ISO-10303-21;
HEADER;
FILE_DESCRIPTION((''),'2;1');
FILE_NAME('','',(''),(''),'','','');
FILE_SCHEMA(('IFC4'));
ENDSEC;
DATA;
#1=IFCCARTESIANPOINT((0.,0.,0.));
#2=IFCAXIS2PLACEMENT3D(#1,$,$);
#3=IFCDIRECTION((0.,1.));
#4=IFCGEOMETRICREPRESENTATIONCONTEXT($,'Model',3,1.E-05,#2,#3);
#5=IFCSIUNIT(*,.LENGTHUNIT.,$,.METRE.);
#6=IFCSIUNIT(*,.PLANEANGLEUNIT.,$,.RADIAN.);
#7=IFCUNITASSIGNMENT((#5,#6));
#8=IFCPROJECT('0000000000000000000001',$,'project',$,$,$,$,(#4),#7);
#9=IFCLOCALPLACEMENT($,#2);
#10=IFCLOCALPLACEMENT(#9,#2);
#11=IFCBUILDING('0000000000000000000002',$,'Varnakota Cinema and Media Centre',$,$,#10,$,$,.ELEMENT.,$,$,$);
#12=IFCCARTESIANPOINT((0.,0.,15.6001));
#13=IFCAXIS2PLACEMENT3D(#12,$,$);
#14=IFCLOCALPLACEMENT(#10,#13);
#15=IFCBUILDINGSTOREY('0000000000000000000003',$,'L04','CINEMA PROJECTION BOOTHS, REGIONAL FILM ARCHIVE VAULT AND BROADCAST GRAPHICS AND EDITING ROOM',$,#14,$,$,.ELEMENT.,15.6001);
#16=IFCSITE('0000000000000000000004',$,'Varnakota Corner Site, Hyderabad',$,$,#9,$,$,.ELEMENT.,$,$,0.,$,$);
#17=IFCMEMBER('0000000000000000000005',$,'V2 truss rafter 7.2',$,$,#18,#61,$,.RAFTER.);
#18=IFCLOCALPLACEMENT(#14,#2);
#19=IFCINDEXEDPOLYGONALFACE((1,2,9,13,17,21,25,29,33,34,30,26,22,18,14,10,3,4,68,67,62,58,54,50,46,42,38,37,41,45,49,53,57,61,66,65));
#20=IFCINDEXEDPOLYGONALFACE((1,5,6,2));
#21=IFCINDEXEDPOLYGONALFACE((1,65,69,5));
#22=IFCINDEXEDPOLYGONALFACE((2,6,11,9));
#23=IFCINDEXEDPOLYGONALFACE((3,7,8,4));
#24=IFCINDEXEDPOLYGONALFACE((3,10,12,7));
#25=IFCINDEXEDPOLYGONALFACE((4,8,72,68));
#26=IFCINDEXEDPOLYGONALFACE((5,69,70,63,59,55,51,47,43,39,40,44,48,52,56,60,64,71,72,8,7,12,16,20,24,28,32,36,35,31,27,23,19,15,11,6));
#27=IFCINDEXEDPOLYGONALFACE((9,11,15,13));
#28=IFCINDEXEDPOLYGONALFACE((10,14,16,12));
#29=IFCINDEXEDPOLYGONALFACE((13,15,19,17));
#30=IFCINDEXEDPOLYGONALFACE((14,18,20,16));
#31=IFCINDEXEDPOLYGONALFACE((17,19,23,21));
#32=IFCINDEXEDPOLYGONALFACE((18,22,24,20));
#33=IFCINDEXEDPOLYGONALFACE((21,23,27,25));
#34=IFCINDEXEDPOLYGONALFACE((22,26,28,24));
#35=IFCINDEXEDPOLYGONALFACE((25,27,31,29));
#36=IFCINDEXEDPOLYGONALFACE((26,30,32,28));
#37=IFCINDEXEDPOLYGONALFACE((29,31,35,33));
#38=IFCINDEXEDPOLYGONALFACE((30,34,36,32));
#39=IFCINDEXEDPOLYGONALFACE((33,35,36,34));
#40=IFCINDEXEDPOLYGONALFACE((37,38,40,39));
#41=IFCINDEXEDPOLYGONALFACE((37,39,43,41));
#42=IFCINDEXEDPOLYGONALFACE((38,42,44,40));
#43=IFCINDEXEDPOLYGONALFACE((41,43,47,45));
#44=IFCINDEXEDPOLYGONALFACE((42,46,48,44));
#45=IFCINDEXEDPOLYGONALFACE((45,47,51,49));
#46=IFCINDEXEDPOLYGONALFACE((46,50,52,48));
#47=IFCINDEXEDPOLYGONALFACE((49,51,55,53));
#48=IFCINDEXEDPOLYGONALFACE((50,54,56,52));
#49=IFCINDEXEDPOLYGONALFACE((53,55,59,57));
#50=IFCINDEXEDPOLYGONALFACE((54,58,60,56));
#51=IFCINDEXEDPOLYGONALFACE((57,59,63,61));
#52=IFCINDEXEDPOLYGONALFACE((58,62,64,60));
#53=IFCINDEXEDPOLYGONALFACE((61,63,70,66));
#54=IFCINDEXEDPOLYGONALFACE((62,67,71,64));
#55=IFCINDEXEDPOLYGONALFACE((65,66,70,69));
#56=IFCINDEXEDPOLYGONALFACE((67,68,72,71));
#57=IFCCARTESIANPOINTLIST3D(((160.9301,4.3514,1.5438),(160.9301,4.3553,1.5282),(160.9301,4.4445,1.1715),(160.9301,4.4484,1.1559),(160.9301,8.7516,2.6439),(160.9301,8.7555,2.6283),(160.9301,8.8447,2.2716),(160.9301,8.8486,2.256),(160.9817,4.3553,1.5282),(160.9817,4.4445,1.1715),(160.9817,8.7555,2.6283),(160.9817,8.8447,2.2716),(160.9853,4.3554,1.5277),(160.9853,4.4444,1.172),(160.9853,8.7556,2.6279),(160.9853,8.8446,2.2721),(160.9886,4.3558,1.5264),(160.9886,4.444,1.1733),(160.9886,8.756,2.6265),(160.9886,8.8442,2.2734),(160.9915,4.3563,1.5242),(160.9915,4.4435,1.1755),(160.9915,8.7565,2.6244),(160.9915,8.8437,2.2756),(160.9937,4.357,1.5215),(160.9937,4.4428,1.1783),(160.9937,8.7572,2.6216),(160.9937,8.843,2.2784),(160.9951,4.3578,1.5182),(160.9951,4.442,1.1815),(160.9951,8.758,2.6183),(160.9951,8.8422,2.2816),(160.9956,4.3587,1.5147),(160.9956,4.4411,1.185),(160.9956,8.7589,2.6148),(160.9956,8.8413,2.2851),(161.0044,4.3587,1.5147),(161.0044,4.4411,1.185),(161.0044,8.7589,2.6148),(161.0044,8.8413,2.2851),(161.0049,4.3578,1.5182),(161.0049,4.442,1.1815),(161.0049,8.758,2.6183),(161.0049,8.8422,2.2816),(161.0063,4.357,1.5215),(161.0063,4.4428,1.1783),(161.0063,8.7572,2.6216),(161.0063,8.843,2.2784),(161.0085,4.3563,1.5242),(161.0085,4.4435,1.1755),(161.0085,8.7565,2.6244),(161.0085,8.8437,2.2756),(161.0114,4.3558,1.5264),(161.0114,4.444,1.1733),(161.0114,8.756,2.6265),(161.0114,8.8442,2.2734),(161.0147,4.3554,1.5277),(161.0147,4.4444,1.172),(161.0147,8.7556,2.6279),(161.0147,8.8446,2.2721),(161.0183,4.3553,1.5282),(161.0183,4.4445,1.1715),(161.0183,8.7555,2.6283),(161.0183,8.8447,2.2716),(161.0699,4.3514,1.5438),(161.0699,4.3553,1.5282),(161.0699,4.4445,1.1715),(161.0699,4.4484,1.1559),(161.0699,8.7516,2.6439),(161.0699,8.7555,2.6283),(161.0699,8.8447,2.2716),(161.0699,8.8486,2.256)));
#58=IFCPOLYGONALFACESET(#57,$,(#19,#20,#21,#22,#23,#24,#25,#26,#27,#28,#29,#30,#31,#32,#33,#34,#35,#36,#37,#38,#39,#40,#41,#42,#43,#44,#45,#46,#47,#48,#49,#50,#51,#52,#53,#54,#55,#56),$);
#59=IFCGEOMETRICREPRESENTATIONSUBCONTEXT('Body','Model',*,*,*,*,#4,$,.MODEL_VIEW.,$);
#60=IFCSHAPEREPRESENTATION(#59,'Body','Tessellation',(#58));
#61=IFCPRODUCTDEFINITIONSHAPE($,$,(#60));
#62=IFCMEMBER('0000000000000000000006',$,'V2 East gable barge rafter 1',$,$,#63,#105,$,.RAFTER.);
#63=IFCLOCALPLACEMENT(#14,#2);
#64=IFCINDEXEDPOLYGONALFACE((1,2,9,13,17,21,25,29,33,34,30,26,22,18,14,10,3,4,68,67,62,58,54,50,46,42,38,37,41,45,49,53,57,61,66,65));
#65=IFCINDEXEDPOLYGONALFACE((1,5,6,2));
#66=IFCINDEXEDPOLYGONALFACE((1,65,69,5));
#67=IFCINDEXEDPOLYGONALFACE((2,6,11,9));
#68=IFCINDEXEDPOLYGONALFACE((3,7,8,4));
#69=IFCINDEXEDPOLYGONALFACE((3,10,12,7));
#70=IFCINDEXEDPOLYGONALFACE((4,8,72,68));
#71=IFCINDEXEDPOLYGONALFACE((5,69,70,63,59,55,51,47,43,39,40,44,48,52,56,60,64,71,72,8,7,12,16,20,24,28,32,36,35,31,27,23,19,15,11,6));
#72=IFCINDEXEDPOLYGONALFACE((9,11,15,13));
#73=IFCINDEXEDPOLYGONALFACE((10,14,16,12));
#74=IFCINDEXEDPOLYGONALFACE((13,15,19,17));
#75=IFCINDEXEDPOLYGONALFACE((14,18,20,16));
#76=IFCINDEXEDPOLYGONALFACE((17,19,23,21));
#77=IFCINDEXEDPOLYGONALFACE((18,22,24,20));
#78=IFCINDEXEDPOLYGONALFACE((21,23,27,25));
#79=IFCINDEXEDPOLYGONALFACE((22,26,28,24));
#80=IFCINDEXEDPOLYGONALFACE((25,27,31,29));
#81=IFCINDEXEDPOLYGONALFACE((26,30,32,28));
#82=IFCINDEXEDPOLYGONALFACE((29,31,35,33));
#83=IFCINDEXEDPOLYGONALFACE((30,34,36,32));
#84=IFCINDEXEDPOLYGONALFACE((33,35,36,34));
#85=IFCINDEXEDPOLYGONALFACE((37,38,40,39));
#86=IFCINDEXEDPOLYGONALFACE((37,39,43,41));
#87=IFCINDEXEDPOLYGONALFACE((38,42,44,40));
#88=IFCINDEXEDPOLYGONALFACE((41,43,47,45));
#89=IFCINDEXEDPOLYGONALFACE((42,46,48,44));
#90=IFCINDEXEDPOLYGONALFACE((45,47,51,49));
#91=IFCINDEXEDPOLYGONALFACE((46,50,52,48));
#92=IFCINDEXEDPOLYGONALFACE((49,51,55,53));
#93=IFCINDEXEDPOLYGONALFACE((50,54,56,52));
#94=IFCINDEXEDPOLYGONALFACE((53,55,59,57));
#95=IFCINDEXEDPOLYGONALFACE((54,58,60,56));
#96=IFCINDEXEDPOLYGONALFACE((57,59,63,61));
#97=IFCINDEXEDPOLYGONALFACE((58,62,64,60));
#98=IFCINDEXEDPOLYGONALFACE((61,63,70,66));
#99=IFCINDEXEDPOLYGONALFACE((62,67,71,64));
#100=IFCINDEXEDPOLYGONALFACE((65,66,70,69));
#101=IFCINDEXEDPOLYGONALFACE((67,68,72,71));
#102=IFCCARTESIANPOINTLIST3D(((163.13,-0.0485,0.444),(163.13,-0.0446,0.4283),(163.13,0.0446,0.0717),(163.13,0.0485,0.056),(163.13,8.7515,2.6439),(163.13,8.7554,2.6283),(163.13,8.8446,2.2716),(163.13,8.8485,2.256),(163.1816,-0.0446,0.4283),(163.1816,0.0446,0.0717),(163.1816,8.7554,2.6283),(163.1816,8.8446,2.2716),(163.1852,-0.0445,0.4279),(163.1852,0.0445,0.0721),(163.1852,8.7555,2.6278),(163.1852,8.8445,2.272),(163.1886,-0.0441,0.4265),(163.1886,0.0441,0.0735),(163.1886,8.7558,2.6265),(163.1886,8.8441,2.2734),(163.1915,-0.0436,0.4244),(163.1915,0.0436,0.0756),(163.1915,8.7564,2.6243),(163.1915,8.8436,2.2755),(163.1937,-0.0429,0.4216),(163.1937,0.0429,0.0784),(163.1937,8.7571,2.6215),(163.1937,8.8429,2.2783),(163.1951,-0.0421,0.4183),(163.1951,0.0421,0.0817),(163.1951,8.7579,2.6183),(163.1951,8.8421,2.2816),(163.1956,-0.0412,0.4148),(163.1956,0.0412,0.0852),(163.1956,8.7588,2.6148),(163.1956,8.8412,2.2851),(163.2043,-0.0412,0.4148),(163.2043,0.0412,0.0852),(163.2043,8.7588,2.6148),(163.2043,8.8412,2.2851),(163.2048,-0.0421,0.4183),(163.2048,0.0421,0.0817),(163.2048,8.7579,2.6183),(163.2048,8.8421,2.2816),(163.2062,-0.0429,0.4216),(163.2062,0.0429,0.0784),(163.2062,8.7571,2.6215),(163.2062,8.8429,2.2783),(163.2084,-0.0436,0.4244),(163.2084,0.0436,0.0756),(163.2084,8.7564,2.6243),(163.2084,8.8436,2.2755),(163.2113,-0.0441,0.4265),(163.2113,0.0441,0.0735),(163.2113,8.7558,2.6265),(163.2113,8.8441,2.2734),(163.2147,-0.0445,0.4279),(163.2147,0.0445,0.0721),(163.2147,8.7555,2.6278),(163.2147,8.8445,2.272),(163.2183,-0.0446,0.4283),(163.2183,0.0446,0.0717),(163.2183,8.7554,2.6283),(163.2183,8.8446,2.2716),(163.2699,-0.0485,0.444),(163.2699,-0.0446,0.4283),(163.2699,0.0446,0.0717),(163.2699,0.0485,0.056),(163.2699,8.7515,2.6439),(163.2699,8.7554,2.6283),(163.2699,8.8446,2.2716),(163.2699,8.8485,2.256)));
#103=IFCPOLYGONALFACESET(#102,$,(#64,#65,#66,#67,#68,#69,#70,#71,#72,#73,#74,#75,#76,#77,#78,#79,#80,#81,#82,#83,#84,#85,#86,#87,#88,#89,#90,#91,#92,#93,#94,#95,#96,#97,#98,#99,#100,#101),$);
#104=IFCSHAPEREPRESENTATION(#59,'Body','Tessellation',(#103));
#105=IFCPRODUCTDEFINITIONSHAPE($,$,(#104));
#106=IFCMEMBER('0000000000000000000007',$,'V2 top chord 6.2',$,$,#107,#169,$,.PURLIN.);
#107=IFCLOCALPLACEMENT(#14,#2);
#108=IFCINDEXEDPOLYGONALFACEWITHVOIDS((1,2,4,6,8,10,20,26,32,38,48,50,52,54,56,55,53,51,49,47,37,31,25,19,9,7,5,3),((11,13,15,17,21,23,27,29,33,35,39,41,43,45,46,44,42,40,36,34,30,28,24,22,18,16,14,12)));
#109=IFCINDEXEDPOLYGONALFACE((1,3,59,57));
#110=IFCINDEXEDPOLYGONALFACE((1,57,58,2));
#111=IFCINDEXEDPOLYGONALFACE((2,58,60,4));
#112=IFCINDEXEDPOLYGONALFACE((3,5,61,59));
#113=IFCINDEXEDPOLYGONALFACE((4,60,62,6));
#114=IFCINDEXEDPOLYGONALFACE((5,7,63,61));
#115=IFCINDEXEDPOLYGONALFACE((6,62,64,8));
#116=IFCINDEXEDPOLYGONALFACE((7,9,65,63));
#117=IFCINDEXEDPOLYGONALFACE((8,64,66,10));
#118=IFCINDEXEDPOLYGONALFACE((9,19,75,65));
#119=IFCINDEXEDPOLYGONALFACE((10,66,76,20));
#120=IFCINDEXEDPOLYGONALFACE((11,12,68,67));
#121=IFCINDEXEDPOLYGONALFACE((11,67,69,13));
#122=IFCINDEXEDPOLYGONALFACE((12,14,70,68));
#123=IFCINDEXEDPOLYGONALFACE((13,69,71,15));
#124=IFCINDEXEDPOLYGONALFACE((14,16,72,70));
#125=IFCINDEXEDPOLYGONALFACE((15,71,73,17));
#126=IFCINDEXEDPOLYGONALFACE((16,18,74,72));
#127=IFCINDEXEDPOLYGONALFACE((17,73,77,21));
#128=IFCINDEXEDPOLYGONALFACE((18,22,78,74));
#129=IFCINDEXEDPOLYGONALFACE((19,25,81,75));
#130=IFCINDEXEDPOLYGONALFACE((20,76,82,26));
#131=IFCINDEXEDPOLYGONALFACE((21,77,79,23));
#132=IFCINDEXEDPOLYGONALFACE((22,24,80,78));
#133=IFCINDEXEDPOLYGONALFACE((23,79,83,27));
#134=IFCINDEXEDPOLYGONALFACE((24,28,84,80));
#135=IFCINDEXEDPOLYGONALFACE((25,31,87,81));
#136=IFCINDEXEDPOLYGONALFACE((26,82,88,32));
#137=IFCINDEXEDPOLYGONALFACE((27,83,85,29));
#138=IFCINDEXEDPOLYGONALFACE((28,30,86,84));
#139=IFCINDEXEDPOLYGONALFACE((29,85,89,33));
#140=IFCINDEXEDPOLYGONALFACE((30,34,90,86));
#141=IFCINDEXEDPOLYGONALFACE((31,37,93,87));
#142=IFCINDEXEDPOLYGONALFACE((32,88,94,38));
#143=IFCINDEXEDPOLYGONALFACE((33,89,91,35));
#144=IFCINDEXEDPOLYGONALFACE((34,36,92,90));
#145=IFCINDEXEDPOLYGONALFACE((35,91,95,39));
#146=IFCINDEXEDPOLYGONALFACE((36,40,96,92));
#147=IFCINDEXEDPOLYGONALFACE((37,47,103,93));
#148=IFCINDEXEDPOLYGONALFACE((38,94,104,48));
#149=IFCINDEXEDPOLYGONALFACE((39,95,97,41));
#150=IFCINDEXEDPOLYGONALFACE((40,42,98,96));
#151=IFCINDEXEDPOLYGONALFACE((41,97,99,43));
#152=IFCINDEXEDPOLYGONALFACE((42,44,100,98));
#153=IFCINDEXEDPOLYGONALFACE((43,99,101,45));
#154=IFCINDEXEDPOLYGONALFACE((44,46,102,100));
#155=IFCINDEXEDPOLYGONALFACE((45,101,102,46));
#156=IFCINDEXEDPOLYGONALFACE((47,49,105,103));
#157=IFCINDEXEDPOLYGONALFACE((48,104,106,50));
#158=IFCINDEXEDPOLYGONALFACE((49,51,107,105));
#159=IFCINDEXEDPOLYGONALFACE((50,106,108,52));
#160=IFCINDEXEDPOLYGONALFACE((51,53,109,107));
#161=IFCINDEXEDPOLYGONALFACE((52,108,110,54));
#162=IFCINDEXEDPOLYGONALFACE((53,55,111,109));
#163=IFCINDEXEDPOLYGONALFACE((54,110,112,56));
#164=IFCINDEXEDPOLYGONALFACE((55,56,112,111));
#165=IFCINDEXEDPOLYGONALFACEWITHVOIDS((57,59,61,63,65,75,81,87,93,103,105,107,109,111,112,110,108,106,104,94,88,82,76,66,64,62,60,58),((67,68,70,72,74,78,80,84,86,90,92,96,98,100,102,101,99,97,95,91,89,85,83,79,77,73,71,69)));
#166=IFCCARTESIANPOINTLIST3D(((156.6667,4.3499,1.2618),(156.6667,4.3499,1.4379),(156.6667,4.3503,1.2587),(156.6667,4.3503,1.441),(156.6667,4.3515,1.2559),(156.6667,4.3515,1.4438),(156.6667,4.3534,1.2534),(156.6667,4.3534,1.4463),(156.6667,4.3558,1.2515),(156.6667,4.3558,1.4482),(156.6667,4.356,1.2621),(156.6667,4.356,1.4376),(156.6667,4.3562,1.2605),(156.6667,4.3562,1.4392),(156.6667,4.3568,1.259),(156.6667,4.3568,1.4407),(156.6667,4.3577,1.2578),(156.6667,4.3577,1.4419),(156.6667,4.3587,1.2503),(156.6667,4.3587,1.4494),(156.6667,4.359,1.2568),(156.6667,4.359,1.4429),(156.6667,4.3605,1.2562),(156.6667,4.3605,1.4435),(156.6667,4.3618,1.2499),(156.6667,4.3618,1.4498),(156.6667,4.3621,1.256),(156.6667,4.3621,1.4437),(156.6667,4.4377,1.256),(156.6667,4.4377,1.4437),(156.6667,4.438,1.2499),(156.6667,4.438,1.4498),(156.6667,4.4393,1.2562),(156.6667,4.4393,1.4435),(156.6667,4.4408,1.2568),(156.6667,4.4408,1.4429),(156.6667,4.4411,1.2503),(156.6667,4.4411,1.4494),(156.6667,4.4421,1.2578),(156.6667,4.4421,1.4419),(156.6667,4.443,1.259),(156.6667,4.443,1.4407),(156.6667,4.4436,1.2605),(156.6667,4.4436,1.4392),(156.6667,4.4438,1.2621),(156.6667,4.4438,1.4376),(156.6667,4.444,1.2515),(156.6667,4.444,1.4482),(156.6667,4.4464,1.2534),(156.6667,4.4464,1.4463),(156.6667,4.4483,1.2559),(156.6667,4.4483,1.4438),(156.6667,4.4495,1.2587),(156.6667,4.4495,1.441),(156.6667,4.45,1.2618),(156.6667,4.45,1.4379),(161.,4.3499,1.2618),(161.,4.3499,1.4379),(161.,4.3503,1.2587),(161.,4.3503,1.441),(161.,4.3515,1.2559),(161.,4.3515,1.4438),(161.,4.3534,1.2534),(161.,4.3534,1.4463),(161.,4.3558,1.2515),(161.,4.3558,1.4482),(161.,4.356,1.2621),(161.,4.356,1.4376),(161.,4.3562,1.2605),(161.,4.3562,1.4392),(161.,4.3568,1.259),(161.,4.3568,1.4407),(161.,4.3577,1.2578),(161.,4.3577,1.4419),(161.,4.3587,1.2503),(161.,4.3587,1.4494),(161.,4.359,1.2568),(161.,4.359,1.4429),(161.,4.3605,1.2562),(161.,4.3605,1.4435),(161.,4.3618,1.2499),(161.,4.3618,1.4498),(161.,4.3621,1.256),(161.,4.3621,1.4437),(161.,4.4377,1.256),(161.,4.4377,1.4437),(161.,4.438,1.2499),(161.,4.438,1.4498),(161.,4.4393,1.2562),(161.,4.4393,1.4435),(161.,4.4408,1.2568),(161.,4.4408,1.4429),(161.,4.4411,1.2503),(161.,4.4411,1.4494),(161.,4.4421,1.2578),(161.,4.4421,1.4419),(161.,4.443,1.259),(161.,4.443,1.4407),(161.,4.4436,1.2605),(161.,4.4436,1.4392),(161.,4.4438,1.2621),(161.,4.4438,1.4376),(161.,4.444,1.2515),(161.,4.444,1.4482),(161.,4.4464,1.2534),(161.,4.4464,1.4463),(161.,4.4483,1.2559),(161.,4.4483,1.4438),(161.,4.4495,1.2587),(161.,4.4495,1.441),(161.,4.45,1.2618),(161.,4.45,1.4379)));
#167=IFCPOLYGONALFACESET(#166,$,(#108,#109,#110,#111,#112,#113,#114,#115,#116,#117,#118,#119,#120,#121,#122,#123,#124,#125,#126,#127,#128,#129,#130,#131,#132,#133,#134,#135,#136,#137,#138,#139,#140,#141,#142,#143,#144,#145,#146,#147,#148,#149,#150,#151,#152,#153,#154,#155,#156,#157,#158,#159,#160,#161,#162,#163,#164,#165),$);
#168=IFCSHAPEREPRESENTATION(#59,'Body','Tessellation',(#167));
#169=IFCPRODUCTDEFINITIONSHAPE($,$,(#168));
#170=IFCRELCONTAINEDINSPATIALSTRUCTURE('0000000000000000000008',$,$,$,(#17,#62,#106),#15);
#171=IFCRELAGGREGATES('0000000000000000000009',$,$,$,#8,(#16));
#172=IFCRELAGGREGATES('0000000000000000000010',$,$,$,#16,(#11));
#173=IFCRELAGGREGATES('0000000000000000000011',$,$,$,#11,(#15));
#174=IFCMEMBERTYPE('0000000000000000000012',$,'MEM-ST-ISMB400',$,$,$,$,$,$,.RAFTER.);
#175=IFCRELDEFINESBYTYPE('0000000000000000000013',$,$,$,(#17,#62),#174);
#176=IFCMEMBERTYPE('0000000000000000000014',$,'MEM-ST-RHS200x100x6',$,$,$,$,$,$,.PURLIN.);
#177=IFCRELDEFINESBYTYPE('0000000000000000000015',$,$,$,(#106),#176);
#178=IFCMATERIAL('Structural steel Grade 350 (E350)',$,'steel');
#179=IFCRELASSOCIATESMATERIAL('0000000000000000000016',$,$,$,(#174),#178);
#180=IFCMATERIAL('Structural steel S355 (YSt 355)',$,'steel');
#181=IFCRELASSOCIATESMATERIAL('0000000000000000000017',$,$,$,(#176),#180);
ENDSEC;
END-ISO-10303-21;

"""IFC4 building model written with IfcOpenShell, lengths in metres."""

from ifc_helpers import new_model, si_unit, direction, frame, origin, origin_2d, place, context, subcontext, project, spatial, hollow_rectangle, i_section, extrude, material, material_profile, profile_set, type_object, element, save


model = new_model("IFC4")

# Units and contexts
model_context = context("Model", 3, precision=1e-05, world=origin(), true_north=direction((0.0, 1.0)))
body_context = subcontext(model_context, "Body", "Model", "MODEL_VIEW")
ifc_project = project(units=[si_unit("LENGTHUNIT", "METRE"), si_unit("PLANEANGLEUNIT", "RADIAN")], contexts=[model_context])

# Site, building, storey
site_placement = place(None, origin())
site = spatial("IfcSite", under=ifc_project, at=site_placement, Name="Varnakota Corner Site, Hyderabad", CompositionType="ELEMENT", RefElevation=0.0)
building_placement = place(site_placement, origin())
building = spatial("IfcBuilding", under=site, at=building_placement, Name="Varnakota Cinema and Media Centre", CompositionType="ELEMENT")
storey_placement = place(building_placement, frame((0.0, 0.0, 15.6001)))
storey = spatial("IfcBuildingStorey", under=building, at=storey_placement, Name="L04", Description="CINEMA PROJECTION BOOTHS, REGIONAL FILM ARCHIVE VAULT AND BROADCAST GRAPHICS AND EDITING ROOM", CompositionType="ELEMENT", Elevation=15.6001)

# Members
ifc_material_1 = material(Name="Structural steel Grade 350 (E350)", Category="steel")
ifc_material_profile_1 = material_profile(ifc_material_1, i_section(OverallWidth=0.1399, OverallDepth=0.3999, WebThickness=0.0088, FlangeThickness=0.0161, FilletRadius=0.0139, at=origin_2d()), Name="ISMB 400")
ifc_profile_set_1 = profile_set([ifc_material_profile_1], Name="Structural steel Grade 350 (E350)")
member_type_1 = type_object("IfcMemberType", Name="MEM-ST-ISMB400", PredefinedType="RAFTER", material=ifc_profile_set_1)
member_1_placement = place(storey_placement, frame((161.0, 4.3999, 1.3499), z_axis=(0.0, 0.970139, 0.242548), x_axis=(-1.0, 0.0, 0.0)))
element("IfcMember", 1, at=member_1_placement, inside=storey, type_object=member_type_1, Name="V2 truss rafter 7.2", PredefinedType="RAFTER", context=body_context, shape_type="SweptSolid", body=[
    extrude(i_section(OverallWidth=0.1399, OverallDepth=0.3999, WebThickness=0.0088, FlangeThickness=0.0161, FilletRadius=0.0139, at=origin_2d()), origin(), (0.0, 0.0, 1.0), 4.5356),
])
member_2_placement = place(storey_placement, frame((163.2, 0.0, 0.25), z_axis=(0.0, 0.970144, 0.242529), x_axis=(-1.0, 0.0, 0.0)))
element("IfcMember", 2, at=member_2_placement, inside=storey, type_object=member_type_1, Name="V2 East gable barge rafter 1", PredefinedType="RAFTER", context=body_context, shape_type="SweptSolid", body=[
    extrude(i_section(OverallWidth=0.1399, OverallDepth=0.3999, WebThickness=0.0088, FlangeThickness=0.0161, FilletRadius=0.0139, at=origin_2d()), origin(), (0.0, 0.0, 1.0), 9.0708),
])
ifc_material_2 = material(Name="Structural steel S355 (YSt 355)", Category="steel")
ifc_material_profile_2 = material_profile(ifc_material_2, hollow_rectangle(XDim=0.1001, YDim=0.2, WallThickness=0.0061, InnerFilletRadius=0.0061, OuterFilletRadius=0.012, at=origin_2d()), Name="RHS 200x100x6")
ifc_profile_set_2 = profile_set([ifc_material_profile_2], Name="Structural steel S355 (YSt 355)")
member_type_2 = type_object("IfcMemberType", Name="MEM-ST-RHS200x100x6", PredefinedType="PURLIN", material=ifc_profile_set_2)
member_3_placement = place(storey_placement, frame((156.6667, 4.3999, 1.3499), z_axis=(1.0, 0.0, 0.0), x_axis=(0.0, 1.0, 0.0)))
element("IfcMember", 3, at=member_3_placement, inside=storey, type_object=member_type_2, Name="V2 top chord 6.2", PredefinedType="PURLIN", context=body_context, shape_type="SweptSolid", body=[
    extrude(hollow_rectangle(XDim=0.1001, YDim=0.2, WallThickness=0.0061, InnerFilletRadius=0.0061, OuterFilletRadius=0.012, at=origin_2d()), origin(), (0.0, 0.0, 1.0), 4.3333),
])

save(model, "model.ifc")
